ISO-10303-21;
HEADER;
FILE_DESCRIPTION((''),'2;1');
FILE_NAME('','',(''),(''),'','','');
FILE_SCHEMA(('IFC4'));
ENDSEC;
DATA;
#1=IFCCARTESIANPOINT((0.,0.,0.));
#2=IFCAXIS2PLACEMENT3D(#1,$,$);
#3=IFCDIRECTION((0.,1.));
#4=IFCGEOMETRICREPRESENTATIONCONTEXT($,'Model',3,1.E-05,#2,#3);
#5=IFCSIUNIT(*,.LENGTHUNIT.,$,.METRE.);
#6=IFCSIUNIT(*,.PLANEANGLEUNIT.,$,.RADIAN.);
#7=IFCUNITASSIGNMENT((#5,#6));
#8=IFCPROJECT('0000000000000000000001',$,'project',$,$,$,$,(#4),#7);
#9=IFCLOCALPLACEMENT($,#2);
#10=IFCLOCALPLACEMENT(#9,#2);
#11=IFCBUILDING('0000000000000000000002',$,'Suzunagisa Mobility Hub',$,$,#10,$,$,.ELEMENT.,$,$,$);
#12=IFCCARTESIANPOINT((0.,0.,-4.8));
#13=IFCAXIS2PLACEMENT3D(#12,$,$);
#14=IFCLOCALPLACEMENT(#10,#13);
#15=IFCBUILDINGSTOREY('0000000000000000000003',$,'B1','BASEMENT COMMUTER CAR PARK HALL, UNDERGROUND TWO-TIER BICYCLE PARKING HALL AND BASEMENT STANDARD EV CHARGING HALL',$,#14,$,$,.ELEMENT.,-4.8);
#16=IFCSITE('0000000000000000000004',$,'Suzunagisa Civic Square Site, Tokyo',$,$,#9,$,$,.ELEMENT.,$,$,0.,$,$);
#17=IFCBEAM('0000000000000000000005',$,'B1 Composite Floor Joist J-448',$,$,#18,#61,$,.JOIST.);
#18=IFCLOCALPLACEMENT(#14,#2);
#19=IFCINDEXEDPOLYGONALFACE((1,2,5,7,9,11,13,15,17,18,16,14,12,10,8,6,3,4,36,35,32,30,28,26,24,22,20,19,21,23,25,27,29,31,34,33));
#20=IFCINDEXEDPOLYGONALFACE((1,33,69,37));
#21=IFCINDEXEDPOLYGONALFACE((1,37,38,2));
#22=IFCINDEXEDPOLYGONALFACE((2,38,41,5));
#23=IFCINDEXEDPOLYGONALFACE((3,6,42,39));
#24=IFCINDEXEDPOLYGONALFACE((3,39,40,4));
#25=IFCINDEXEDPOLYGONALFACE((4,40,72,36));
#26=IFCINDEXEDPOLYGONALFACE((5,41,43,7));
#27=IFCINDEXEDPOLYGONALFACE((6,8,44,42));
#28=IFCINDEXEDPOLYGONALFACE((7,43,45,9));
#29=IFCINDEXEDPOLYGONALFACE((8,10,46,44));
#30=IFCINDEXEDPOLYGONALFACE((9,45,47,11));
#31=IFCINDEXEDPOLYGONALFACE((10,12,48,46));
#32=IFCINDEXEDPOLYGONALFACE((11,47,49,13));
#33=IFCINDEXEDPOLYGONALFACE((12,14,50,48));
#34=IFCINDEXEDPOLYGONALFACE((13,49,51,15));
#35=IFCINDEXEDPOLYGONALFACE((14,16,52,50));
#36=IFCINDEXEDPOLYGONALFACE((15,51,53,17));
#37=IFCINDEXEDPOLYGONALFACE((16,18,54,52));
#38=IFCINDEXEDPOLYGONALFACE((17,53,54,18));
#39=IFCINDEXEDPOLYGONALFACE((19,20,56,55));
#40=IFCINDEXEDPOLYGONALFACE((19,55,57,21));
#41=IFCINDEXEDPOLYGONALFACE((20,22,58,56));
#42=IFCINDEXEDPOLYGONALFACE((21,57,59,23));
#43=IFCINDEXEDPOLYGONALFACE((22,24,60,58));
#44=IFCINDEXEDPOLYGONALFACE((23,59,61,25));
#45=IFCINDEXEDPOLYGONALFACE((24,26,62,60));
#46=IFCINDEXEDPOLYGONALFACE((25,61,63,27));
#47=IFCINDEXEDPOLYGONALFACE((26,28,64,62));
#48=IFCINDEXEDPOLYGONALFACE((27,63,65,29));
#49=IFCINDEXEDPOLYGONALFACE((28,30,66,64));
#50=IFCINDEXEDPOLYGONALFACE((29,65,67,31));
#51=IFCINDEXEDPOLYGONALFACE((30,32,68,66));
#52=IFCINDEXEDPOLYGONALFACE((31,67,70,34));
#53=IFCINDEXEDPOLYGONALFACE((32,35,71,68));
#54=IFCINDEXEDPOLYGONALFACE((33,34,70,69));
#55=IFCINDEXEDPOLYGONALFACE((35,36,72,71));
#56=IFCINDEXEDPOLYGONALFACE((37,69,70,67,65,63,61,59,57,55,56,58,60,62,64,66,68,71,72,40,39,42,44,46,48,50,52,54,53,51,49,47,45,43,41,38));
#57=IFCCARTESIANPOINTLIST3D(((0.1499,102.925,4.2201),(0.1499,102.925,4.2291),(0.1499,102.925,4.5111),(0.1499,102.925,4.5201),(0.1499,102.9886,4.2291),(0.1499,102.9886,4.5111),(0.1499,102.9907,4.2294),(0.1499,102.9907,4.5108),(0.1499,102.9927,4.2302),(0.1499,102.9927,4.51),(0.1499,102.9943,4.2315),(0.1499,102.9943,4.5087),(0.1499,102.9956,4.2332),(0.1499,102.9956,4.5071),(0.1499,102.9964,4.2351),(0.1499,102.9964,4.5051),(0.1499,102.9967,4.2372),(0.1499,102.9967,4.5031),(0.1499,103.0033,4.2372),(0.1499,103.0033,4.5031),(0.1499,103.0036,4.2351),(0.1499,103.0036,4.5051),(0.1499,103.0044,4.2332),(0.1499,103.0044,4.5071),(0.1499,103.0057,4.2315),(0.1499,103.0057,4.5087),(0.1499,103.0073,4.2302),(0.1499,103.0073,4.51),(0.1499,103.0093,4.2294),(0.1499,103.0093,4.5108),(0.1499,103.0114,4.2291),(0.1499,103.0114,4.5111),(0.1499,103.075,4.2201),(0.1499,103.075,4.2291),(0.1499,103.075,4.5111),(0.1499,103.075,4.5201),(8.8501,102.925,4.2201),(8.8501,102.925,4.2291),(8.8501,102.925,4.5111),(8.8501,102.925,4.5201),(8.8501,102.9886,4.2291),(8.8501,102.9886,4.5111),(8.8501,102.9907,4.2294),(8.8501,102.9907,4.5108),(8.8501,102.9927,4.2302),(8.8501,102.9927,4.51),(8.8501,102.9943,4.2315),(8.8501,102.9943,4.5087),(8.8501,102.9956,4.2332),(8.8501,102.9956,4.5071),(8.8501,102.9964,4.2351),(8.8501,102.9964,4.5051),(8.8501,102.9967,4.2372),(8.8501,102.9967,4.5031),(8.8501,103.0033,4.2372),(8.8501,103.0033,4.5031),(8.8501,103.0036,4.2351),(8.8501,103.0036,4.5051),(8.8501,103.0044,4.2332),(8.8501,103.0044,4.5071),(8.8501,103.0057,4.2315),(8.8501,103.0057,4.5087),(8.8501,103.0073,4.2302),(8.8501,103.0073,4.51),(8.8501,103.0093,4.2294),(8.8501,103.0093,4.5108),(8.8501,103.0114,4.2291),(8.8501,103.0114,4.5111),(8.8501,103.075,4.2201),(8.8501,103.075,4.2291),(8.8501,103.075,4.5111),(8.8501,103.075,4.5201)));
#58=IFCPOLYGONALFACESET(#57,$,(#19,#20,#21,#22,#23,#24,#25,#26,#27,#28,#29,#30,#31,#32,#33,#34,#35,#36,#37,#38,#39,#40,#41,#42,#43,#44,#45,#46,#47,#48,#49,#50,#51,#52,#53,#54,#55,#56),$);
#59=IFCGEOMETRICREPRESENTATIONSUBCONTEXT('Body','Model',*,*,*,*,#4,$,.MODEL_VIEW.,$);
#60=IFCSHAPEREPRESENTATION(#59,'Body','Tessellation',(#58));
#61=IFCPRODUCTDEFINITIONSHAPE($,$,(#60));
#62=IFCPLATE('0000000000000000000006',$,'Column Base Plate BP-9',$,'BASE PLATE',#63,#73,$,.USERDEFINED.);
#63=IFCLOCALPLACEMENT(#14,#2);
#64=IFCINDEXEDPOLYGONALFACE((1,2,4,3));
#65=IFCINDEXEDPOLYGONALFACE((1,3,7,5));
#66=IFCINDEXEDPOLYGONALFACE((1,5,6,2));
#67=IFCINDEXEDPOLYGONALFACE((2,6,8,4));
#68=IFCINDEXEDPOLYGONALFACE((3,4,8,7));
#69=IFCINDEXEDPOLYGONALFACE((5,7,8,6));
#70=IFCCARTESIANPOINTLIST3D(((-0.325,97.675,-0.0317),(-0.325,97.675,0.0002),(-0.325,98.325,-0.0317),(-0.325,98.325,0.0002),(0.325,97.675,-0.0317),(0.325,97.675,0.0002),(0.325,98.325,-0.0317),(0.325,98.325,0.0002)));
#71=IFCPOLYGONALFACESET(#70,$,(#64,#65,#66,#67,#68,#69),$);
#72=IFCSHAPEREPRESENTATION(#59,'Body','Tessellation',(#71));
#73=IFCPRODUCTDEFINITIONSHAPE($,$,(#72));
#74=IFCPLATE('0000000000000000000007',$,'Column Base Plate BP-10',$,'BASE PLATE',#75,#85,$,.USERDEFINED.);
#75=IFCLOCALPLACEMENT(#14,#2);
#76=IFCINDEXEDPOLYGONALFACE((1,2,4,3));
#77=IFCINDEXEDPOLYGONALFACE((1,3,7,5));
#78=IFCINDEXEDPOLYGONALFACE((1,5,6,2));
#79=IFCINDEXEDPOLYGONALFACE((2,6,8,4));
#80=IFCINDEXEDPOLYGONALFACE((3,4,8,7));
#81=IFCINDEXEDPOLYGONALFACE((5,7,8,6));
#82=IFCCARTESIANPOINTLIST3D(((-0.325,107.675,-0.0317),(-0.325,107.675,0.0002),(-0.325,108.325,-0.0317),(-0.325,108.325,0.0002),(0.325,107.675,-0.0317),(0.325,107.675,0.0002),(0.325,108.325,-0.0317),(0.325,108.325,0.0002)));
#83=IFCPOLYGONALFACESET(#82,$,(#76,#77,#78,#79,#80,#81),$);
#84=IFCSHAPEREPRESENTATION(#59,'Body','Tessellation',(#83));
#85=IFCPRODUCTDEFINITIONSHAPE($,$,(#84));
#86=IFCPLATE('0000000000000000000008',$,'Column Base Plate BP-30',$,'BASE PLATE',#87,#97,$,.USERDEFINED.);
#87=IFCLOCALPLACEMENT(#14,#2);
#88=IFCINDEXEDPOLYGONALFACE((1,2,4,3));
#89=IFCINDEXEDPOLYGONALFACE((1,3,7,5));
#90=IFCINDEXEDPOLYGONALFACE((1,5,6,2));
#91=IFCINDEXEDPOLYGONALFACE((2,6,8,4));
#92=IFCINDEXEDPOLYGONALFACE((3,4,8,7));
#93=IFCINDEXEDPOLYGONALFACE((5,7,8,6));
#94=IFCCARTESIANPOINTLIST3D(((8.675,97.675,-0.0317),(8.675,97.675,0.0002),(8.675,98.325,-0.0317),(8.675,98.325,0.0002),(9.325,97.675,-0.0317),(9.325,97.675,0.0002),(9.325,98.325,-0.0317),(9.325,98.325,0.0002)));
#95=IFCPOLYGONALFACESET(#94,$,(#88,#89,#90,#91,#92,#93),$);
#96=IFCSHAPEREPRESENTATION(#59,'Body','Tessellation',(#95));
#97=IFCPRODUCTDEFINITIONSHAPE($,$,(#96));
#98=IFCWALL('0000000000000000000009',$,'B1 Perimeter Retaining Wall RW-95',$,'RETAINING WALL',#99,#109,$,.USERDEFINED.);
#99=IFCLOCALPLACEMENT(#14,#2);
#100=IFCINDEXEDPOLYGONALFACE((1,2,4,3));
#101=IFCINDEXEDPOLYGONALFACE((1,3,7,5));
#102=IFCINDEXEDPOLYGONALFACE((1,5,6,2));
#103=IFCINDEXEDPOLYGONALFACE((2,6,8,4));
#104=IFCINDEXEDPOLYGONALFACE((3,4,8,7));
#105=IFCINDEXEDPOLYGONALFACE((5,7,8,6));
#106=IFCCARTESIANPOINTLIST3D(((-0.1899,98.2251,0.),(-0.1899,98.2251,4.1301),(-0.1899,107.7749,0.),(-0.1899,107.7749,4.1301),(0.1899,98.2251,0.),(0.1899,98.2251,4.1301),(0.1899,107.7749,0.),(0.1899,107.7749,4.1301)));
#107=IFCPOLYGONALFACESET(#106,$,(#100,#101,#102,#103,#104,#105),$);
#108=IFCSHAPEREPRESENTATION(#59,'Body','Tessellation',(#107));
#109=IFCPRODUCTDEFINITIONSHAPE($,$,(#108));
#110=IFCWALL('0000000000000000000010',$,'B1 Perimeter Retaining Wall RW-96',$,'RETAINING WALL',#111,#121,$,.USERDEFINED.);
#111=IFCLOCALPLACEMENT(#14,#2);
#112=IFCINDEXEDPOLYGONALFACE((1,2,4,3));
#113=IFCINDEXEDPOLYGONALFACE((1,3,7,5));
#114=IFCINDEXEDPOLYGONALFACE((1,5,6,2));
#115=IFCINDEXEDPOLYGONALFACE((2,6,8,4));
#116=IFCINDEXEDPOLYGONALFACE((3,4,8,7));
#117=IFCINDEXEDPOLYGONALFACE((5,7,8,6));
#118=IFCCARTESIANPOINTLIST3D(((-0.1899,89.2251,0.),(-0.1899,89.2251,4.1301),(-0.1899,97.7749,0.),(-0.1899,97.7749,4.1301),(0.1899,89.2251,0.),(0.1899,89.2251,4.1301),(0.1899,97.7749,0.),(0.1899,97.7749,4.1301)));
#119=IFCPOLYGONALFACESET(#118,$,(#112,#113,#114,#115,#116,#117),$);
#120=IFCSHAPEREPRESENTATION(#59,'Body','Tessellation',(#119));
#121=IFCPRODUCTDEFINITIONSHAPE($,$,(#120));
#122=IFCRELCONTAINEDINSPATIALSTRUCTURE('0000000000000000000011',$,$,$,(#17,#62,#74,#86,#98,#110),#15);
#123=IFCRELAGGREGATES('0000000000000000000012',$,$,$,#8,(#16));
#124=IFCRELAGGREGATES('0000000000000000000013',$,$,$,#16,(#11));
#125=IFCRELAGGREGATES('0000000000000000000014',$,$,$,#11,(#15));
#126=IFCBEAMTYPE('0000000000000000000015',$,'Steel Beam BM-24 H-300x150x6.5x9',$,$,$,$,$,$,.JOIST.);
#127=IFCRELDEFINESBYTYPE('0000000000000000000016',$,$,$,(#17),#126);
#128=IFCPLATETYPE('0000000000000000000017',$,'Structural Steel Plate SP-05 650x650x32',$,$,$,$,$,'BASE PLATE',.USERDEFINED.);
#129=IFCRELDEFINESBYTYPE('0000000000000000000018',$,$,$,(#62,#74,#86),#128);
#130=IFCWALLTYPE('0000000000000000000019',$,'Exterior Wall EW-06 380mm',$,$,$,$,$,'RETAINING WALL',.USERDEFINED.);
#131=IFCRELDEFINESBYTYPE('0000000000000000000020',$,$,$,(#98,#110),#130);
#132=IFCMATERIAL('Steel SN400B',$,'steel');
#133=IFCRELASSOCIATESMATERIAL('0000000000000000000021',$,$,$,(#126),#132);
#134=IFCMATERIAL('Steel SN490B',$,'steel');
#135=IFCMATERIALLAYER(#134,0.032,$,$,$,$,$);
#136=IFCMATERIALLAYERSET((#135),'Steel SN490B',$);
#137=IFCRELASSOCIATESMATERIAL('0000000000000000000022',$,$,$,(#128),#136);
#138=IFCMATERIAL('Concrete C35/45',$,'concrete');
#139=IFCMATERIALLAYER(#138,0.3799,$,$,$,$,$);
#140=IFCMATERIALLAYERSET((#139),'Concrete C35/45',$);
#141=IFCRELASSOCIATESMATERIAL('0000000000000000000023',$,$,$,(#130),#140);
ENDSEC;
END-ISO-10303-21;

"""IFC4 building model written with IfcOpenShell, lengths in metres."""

from ifc_helpers import new_model, si_unit, direction, frame, frame_2d, origin, origin_2d, place, context, subcontext, project, spatial, rectangle, i_section, extrude, material, layer, layer_set, material_profile, profile_set, type_object, element, save


model = new_model("IFC4")

# Units and contexts
model_context = context("Model", 3, precision=1e-05, world=origin(), true_north=direction((0.0, 1.0)))
body_context = subcontext(model_context, "Body", "Model", "MODEL_VIEW")
ifc_project = project(units=[si_unit("LENGTHUNIT", "METRE"), si_unit("PLANEANGLEUNIT", "RADIAN")], contexts=[model_context])

# Site, building, storey
site_placement = place(None, origin())
site = spatial("IfcSite", under=ifc_project, at=site_placement, Name="Suzunagisa Civic Square Site, Tokyo", CompositionType="ELEMENT", RefElevation=0.0)
building_placement = place(site_placement, origin())
building = spatial("IfcBuilding", under=site, at=building_placement, Name="Suzunagisa Mobility Hub", CompositionType="ELEMENT")
storey_placement = place(building_placement, frame((0.0, 0.0, -4.8)))
storey = spatial("IfcBuildingStorey", under=building, at=storey_placement, Name="B1", Description="BASEMENT COMMUTER CAR PARK HALL, UNDERGROUND TWO-TIER BICYCLE PARKING HALL AND BASEMENT STANDARD EV CHARGING HALL", CompositionType="ELEMENT", Elevation=-4.8)

# Shared definitions
ifc_material_1 = material(Name="Concrete C35/45", Category="concrete")

# Shared definitions
ifc_material_2 = material(Name="Steel SN490B", Category="steel")

# Beam
ifc_material_3 = material(Name="Steel SN400B", Category="steel")
ifc_material_profile_1 = material_profile(ifc_material_3, i_section(OverallWidth=0.1499, OverallDepth=0.3, WebThickness=0.0066, FlangeThickness=0.009, FilletRadius=0.0081, at=origin_2d()), Name="H-300x150x6.5x9")
ifc_profile_set_1 = profile_set([ifc_material_profile_1], Name="Steel SN400B")
beam_type_1 = type_object("IfcBeamType", Name="Steel Beam BM-24 H-300x150x6.5x9", PredefinedType="JOIST", material=ifc_profile_set_1)
for number, where, z_axis, x_axis, name in (
    (1, (0.1499, 103.0, 4.3701), (1.0, 0.0, 0.0), (0.0, 1.0, 0.0), "B1 Composite Floor Joist J-448"),
):
    element("IfcBeam", number, at=place(storey_placement, frame(where, z_axis=z_axis, x_axis=x_axis)), inside=storey, type_object=beam_type_1, Name=name, PredefinedType="JOIST", context=body_context, shape_type="SweptSolid", body=[
        extrude(i_section(OverallWidth=0.1499, OverallDepth=0.3, WebThickness=0.0066, FlangeThickness=0.009, FilletRadius=0.0081, at=origin_2d()), origin(), (0.0, 0.0, 1.0), 8.7002),
    ])

# Plates
ifc_layer_1 = layer(ifc_material_2, 0.032)
ifc_layer_set_1 = layer_set([ifc_layer_1], Name="Steel SN490B")
plate_type = type_object("IfcPlateType", Name="Structural Steel Plate SP-05 650x650x32", ElementType="BASE PLATE", PredefinedType="USERDEFINED", material=ifc_layer_set_1)
for number, where, z_axis, x_axis, name in (
    (2, (0.0, 98.0, -0.0317), (0.0, 0.0, 1.0), (1.0, 0.0, 0.0), "Column Base Plate BP-9"),
    (3, (0.0, 108.0, -0.0317), (0.0, 0.0, 1.0), (1.0, 0.0, 0.0), "Column Base Plate BP-10"),
    (4, (9.0, 98.0, -0.0317), (0.0, 0.0, 1.0), (1.0, 0.0, 0.0), "Column Base Plate BP-30"),
):
    element("IfcPlate", number, at=place(storey_placement, frame(where, z_axis=z_axis, x_axis=x_axis)), inside=storey, type_object=plate_type, Name=name, ObjectType="BASE PLATE", PredefinedType="USERDEFINED", context=body_context, shape_type="SweptSolid", body=[
        extrude(rectangle(XDim=0.6499, YDim=0.6499, at=origin_2d()), origin(), (0.0, 0.0, 1.0), 0.032),
    ])

# Walls
ifc_layer_2 = layer(ifc_material_1, 0.3799)
ifc_layer_set_2 = layer_set([ifc_layer_2], Name="Concrete C35/45")
wall_type = type_object("IfcWallType", Name="Exterior Wall EW-06 380mm", ElementType="RETAINING WALL", PredefinedType="USERDEFINED", material=ifc_layer_set_2)
wall_1_placement = place(storey_placement, frame((0.0, 107.7749, 0.0), z_axis=(0.0, 0.0, 1.0), x_axis=(0.0, -1.0, 0.0)))
element("IfcWall", 5, at=wall_1_placement, inside=storey, type_object=wall_type, Name="B1 Perimeter Retaining Wall RW-95", ObjectType="RETAINING WALL", PredefinedType="USERDEFINED", context=body_context, shape_type="SweptSolid", body=[
    extrude(rectangle(XDim=9.5498, YDim=0.3799, at=frame_2d((4.7749, 0.0))), origin(), (0.0, 0.0, 1.0), 4.1301),
])
wall_2_placement = place(storey_placement, frame((0.0, 97.7749, 0.0), z_axis=(0.0, 0.0, 1.0), x_axis=(0.0, -1.0, 0.0)))
element("IfcWall", 6, at=wall_2_placement, inside=storey, type_object=wall_type, Name="B1 Perimeter Retaining Wall RW-96", ObjectType="RETAINING WALL", PredefinedType="USERDEFINED", context=body_context, shape_type="SweptSolid", body=[
    extrude(rectangle(XDim=8.5498, YDim=0.3799, at=frame_2d((4.2749, 0.0))), origin(), (0.0, 0.0, 1.0), 4.1301),
])

save(model, "model.ifc")
